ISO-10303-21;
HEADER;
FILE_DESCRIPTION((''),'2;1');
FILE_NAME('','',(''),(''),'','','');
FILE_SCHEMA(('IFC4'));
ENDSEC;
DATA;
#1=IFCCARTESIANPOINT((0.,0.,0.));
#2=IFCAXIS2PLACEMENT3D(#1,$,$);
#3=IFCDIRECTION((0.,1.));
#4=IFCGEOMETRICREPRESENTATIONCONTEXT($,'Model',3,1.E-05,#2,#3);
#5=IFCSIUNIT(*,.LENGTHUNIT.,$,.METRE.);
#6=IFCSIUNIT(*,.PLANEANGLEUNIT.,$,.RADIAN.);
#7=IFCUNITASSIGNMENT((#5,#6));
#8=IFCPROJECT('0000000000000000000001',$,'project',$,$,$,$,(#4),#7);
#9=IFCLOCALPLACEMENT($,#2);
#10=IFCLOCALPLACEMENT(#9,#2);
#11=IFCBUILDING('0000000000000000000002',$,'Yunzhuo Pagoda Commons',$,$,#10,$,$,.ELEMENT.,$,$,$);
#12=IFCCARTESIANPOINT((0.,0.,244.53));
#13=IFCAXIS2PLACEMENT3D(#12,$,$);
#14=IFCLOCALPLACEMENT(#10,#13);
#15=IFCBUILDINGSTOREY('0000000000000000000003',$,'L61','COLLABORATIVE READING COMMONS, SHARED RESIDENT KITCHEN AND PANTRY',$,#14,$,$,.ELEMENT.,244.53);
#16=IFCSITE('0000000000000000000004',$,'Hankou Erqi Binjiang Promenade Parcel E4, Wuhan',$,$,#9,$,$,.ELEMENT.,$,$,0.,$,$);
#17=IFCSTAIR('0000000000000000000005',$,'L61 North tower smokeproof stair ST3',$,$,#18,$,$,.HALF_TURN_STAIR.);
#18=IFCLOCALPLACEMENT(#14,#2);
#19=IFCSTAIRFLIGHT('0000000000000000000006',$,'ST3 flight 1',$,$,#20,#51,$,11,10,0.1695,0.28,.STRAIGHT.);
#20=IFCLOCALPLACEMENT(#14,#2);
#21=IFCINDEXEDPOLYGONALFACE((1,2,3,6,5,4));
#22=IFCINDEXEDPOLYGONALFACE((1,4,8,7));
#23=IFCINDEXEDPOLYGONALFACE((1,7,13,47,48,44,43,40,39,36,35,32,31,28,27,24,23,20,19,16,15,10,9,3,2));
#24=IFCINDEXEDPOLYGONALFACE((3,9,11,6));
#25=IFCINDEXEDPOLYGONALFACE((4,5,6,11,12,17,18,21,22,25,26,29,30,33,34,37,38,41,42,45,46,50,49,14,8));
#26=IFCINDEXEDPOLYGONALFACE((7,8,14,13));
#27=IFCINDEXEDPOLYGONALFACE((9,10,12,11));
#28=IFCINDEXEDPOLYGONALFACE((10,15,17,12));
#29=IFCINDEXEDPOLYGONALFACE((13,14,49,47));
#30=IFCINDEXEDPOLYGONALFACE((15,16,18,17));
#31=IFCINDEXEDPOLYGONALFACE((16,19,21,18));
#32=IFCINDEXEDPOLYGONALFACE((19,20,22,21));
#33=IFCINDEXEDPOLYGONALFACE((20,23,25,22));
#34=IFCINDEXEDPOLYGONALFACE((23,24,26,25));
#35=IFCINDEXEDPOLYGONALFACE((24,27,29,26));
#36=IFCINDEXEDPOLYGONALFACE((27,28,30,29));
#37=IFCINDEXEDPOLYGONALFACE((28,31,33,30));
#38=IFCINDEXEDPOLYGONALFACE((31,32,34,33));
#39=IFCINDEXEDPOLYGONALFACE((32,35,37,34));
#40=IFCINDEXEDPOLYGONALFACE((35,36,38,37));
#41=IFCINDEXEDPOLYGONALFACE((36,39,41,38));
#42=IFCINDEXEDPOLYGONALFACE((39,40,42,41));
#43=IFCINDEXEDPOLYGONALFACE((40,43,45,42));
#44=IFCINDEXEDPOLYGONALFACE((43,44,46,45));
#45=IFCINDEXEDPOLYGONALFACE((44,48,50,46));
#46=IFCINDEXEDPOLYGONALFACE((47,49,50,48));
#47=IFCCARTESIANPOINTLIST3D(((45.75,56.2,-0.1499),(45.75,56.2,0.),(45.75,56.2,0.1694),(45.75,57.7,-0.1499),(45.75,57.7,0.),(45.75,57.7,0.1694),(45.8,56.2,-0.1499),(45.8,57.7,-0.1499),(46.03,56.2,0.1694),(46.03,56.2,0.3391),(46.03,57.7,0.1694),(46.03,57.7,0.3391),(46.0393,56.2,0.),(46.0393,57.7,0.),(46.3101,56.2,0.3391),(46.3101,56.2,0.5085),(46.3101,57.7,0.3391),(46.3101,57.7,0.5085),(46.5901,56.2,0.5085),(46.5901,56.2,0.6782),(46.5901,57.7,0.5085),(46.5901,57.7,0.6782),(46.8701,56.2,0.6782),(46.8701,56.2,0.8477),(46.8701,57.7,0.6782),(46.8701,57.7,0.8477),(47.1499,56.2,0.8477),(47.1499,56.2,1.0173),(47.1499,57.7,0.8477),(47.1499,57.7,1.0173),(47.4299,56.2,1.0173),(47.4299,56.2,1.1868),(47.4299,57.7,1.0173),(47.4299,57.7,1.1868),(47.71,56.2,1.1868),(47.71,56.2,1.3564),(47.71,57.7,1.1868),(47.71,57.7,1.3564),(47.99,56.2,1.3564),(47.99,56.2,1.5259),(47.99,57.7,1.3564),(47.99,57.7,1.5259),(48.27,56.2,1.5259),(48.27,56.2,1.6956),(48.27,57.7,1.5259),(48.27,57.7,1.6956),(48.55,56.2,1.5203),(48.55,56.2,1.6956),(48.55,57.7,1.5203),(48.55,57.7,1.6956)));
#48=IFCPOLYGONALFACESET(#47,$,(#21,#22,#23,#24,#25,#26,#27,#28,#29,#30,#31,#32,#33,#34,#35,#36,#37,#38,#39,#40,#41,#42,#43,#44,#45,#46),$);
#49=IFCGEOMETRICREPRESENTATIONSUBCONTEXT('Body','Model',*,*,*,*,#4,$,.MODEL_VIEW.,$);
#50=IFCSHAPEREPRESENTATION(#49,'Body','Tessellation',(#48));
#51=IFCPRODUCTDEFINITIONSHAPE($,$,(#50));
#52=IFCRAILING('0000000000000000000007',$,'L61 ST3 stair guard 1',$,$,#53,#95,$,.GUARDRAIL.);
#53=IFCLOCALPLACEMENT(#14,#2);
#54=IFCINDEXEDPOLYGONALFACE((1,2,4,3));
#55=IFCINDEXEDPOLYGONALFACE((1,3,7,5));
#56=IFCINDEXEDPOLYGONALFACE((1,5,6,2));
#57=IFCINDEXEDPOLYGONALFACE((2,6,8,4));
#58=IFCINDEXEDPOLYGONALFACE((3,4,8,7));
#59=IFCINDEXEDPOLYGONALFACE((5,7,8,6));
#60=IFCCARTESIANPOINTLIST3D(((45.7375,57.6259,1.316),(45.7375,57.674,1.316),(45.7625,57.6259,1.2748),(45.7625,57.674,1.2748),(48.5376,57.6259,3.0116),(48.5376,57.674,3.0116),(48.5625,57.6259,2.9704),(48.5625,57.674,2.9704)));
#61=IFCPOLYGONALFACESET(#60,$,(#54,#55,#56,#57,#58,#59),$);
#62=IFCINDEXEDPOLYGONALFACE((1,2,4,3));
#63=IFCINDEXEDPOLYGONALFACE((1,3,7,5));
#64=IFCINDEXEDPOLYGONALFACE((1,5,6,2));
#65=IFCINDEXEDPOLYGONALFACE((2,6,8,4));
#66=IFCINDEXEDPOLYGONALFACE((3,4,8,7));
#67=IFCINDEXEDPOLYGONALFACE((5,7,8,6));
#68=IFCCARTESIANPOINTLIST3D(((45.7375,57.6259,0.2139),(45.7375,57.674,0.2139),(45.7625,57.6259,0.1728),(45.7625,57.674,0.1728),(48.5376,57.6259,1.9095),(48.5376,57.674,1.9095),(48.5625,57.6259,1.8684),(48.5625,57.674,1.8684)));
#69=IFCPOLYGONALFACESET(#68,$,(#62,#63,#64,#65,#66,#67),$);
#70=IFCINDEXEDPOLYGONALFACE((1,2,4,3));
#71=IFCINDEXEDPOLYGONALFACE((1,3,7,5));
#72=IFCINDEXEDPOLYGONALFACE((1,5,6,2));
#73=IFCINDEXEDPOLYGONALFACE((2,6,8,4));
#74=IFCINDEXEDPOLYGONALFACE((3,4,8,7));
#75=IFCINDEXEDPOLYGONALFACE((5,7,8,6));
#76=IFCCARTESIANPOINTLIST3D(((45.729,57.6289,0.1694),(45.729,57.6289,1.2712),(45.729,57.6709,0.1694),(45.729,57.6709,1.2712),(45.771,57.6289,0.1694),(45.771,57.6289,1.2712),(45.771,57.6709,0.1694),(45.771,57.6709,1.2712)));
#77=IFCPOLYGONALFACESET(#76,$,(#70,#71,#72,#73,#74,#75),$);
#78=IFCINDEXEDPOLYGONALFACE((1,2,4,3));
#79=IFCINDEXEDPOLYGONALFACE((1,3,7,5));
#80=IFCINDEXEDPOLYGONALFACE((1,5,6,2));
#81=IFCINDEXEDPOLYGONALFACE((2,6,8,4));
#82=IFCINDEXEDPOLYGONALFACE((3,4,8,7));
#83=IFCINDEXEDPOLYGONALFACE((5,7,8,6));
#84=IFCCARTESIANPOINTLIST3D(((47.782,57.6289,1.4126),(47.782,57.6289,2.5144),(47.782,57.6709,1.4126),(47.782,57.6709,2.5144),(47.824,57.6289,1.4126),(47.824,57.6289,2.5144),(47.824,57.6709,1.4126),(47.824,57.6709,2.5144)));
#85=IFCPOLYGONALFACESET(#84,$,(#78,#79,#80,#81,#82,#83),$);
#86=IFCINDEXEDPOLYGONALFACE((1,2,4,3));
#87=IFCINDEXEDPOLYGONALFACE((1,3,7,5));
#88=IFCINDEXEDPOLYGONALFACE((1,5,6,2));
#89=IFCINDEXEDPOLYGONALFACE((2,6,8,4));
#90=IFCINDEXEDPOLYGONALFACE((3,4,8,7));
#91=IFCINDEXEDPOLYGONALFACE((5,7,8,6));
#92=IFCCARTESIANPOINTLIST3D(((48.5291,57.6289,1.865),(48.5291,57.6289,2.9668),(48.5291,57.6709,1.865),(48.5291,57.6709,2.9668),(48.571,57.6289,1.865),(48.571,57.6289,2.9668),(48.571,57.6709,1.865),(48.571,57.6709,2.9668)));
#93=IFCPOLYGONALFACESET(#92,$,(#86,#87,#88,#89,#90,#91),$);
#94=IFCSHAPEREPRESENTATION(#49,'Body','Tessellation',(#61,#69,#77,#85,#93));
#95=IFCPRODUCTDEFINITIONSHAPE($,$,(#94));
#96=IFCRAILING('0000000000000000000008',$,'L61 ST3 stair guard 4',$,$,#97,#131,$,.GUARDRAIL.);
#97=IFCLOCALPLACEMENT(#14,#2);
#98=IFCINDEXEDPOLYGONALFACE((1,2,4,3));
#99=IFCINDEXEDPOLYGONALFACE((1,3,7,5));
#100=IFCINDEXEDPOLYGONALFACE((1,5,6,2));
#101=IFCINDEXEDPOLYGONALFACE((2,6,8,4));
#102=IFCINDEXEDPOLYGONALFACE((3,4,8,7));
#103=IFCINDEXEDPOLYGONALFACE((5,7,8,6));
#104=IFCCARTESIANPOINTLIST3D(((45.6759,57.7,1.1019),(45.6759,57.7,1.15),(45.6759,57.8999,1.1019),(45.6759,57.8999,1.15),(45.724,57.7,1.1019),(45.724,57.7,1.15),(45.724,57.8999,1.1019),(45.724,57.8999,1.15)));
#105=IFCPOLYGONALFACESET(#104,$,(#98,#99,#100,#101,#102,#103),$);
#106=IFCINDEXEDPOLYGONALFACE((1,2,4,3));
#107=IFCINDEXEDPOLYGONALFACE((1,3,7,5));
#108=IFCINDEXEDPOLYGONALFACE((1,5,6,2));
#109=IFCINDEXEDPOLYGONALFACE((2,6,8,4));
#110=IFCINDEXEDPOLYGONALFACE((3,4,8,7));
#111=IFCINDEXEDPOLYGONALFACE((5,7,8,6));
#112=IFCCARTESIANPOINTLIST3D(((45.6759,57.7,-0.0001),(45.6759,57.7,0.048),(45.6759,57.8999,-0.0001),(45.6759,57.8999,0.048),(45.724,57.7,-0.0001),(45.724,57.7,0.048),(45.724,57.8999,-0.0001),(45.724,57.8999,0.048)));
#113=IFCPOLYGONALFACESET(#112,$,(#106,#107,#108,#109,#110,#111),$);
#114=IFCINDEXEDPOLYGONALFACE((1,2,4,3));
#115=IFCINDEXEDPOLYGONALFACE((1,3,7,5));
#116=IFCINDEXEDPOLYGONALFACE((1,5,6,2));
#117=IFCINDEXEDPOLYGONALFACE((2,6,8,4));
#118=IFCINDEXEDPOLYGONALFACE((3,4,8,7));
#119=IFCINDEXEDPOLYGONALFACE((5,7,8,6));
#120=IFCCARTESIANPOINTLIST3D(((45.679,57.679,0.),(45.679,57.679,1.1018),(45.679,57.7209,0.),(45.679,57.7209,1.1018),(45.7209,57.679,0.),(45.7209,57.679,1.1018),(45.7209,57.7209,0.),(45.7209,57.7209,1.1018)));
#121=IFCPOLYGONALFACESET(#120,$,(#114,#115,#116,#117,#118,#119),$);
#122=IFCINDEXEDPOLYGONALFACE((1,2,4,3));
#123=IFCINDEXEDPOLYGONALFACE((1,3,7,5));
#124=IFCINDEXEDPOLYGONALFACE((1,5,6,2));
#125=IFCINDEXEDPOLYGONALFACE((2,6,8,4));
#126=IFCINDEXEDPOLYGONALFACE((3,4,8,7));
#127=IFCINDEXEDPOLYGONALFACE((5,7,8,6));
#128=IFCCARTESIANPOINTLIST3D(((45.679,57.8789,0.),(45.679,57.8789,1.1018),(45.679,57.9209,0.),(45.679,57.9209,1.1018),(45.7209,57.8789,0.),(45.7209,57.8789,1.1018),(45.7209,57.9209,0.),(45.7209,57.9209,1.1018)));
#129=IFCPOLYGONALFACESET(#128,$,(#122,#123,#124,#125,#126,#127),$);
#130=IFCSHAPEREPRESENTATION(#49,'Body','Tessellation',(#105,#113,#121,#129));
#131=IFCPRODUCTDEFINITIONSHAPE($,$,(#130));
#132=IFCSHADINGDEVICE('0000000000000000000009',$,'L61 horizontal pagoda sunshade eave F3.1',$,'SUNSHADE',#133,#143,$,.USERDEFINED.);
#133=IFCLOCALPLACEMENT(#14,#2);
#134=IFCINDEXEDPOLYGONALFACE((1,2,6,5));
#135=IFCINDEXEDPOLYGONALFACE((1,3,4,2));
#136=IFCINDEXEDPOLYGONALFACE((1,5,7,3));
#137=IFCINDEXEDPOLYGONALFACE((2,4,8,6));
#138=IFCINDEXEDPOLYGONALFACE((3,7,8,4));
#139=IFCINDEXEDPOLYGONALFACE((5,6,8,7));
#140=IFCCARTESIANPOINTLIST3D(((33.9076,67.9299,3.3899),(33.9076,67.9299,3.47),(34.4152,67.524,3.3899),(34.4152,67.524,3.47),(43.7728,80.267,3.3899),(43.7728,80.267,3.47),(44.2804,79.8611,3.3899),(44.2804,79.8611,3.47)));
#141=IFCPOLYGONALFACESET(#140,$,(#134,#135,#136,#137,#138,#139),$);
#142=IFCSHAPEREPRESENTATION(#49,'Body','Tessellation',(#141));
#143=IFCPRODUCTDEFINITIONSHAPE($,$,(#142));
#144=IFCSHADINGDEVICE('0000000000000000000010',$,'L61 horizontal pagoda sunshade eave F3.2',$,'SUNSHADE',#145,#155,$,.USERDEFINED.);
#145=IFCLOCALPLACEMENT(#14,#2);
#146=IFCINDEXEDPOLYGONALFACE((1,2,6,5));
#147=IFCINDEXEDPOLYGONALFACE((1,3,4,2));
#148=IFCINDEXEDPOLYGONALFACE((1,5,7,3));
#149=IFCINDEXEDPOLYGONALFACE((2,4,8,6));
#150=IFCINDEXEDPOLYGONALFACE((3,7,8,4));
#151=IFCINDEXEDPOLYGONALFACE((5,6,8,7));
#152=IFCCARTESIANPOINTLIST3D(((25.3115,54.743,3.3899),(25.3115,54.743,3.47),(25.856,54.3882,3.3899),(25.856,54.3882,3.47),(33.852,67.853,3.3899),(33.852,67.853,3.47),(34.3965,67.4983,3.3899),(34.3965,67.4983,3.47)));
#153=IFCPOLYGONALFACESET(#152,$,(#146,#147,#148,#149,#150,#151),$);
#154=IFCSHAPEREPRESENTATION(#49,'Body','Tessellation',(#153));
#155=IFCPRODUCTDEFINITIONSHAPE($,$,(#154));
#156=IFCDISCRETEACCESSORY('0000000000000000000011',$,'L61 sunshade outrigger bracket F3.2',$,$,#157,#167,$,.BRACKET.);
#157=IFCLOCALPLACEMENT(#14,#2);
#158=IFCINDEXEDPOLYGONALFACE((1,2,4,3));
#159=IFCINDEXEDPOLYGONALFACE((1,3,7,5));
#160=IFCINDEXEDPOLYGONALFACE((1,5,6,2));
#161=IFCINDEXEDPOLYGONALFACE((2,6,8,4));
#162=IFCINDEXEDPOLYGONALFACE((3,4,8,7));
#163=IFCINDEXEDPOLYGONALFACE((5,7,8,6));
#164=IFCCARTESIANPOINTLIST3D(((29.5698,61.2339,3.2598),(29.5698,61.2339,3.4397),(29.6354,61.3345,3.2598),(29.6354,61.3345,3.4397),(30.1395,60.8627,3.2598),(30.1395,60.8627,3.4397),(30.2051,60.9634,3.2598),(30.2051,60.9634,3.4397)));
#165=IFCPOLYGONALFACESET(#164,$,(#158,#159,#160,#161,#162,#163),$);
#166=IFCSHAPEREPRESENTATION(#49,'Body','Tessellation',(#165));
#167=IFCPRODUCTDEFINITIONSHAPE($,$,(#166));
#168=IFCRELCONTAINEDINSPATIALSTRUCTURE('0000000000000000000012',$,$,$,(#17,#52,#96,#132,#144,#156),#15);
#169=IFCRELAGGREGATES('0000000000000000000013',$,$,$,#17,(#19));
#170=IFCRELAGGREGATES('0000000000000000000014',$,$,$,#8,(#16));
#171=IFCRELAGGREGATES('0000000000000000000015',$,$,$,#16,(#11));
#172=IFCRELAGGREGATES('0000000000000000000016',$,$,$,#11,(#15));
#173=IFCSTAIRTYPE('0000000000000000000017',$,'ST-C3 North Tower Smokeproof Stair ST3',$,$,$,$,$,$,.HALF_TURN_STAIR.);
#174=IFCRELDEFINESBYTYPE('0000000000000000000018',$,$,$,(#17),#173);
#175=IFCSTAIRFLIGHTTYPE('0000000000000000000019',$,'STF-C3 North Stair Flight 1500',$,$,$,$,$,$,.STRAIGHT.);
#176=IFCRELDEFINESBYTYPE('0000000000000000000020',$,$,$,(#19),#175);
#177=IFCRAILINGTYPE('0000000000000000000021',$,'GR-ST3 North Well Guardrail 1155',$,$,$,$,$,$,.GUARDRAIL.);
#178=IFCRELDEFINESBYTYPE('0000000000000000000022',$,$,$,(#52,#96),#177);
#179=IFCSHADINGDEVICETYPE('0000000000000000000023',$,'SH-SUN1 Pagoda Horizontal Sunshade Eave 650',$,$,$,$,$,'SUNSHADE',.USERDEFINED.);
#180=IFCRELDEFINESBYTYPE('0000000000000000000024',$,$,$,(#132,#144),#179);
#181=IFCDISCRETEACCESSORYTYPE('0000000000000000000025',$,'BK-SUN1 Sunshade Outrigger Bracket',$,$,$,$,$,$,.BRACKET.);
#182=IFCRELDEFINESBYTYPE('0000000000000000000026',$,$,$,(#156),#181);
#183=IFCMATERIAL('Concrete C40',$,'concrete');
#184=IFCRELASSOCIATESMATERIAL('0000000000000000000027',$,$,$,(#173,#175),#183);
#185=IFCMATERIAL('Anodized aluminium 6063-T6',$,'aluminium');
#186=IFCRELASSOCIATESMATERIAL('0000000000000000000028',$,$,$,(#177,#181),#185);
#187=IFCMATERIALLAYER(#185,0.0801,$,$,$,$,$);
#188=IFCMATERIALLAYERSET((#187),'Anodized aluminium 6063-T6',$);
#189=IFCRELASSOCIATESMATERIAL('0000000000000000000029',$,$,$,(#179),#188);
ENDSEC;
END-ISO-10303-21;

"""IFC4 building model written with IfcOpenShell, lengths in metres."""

from ifc_helpers import new_model, si_unit, direction, frame, origin, origin_2d, place, context, subcontext, project, spatial, polyline, rectangle, outline, extrude, source, transform, mapped, material, layer, layer_set, type_object, element, aggregate, save


model = new_model("IFC4")

# Units and contexts
model_context = context("Model", 3, precision=1e-05, world=origin(), true_north=direction((0.0, 1.0)))
body_context = subcontext(model_context, "Body", "Model", "MODEL_VIEW")
ifc_project = project(units=[si_unit("LENGTHUNIT", "METRE"), si_unit("PLANEANGLEUNIT", "RADIAN")], contexts=[model_context])

# Site, building, storey
site_placement = place(None, origin())
site = spatial("IfcSite", under=ifc_project, at=site_placement, Name="Hankou Erqi Binjiang Promenade Parcel E4, Wuhan", CompositionType="ELEMENT", RefElevation=0.0)
building_placement = place(site_placement, origin())
building = spatial("IfcBuilding", under=site, at=building_placement, Name="Yunzhuo Pagoda Commons", CompositionType="ELEMENT")
storey_placement = place(building_placement, frame((0.0, 0.0, 244.53)))
storey = spatial("IfcBuildingStorey", under=building, at=storey_placement, Name="L61", Description="COLLABORATIVE READING COMMONS, SHARED RESIDENT KITCHEN AND PANTRY", CompositionType="ELEMENT", Elevation=244.53)

# Shared definitions
ifc_material_1 = material(Name="Anodized aluminium 6063-T6", Category="aluminium")

# Stair, stair flight
ifc_material_2 = material(Name="Concrete C40", Category="concrete")
stair_type = type_object("IfcStairType", Name="ST-C3 North Tower Smokeproof Stair ST3", PredefinedType="HALF_TURN_STAIR", material=ifc_material_2)
stair_placement = place(storey_placement, origin())
stair = element("IfcStair", 1, at=stair_placement, inside=storey, type_object=stair_type, Name="L61 North tower smokeproof stair ST3", PredefinedType="HALF_TURN_STAIR")
stair_flight_type = type_object("IfcStairFlightType", Name="STF-C3 North Stair Flight 1500", PredefinedType="STRAIGHT", material=ifc_material_2)
shared_shape_1 = source(origin(), body_context, "Body", "SweptSolid", [
    extrude(outline(polyline([(0.0, -0.1499), (0.0, 0.0), (0.0, 0.1694), (0.28, 0.1694), (0.28, 0.3391), (0.5601, 0.3391), (0.5601, 0.5085), (0.8401, 0.5085), (0.8401, 0.6782), (1.1201, 0.6782), (1.1201, 0.8477), (1.3999, 0.8477), (1.3999, 1.0173), (1.6799, 1.0173), (1.6799, 1.1868), (1.96, 1.1868), (1.96, 1.3564), (2.24, 1.3564), (2.24, 1.5259), (2.52, 1.5259), (2.52, 1.6956), (2.8, 1.6956), (2.8, 1.865), (2.8, 1.5203), (0.2893, 0.0), (0.05, -0.1499), (0.0, -0.1499)])), frame((0.0, 0.75, 0.0), z_axis=(0.0, -1.0, 0.0), x_axis=(1.0, 0.0, 0.0)), (0.0, 0.0, 1.0), 1.5),
])
stair_flight_placement = place(storey_placement, frame((45.75, 56.95, 0.0), z_axis=(0.0, 0.0, 1.0), x_axis=(1.0, 0.0, 0.0)))
stair_flight = element("IfcStairFlight", 2, at=stair_flight_placement, type_object=stair_flight_type, Name="ST3 flight 1", NumberOfRisers=11, NumberOfTreads=10, PredefinedType="STRAIGHT", RiserHeight=0.1695, TreadLength=0.28, context=body_context, shape_type="MappedRepresentation", body=[
    mapped(shared_shape_1, transform((0.0, 0.0, 0.0), scale=1.0)),
])
aggregate(stair, [stair_flight])

# Railings
railing_type = type_object("IfcRailingType", Name="GR-ST3 North Well Guardrail 1155", PredefinedType="GUARDRAIL", material=ifc_material_1)
railing_1_placement = place(storey_placement, frame((45.75, 57.6499, 0.1694)))
element("IfcRailing", 3, at=railing_1_placement, inside=storey, type_object=railing_type, Name="L61 ST3 stair guard 1", PredefinedType="GUARDRAIL", context=body_context, shape_type="SweptSolid", body=[
    extrude(rectangle(XDim=0.0481, YDim=0.0481, at=origin_2d()), frame((0.0, 0.0, 1.126), z_axis=(0.855393, 0.0, 0.517979), x_axis=(0.0, 1.0, 0.0)), (0.0, 0.0, 1.0), 3.2734),
    extrude(rectangle(XDim=0.0481, YDim=0.0481, at=origin_2d()), frame((0.0, 0.0, 0.0239), z_axis=(0.855393, 0.0, 0.517979), x_axis=(0.0, 1.0, 0.0)), (0.0, 0.0, 1.0), 3.2734),
    extrude(rectangle(XDim=0.042, YDim=0.042, at=origin_2d()), origin(), (0.0, 0.0, 1.0), 1.1018),
    extrude(rectangle(XDim=0.042, YDim=0.042, at=origin_2d()), frame((2.053, 0.0, 1.2432)), (0.0, 0.0, 1.0), 1.1018),
    extrude(rectangle(XDim=0.042, YDim=0.042, at=origin_2d()), frame((2.8, 0.0, 1.6956)), (0.0, 0.0, 1.0), 1.1018),
])
railing_2_placement = place(storey_placement, frame((45.7, 57.7, 0.0)))
element("IfcRailing", 4, at=railing_2_placement, inside=storey, type_object=railing_type, Name="L61 ST3 stair guard 4", PredefinedType="GUARDRAIL", context=body_context, shape_type="SweptSolid", body=[
    extrude(rectangle(XDim=0.0481, YDim=0.0481, at=origin_2d()), frame((0.0, 0.0, 1.126), z_axis=(0.0, 1.0, 0.0), x_axis=(-1.0, 0.0, 0.0)), (0.0, 0.0, 1.0), 0.2),
    extrude(rectangle(XDim=0.0481, YDim=0.0481, at=origin_2d()), frame((0.0, 0.0, 0.0239), z_axis=(0.0, 1.0, 0.0), x_axis=(-1.0, 0.0, 0.0)), (0.0, 0.0, 1.0), 0.2),
    extrude(rectangle(XDim=0.042, YDim=0.042, at=origin_2d()), origin(), (0.0, 0.0, 1.0), 1.1018),
    extrude(rectangle(XDim=0.042, YDim=0.042, at=origin_2d()), frame((0.0, 0.2, 0.0)), (0.0, 0.0, 1.0), 1.1018),
])

# Shading devices
ifc_layer_1 = layer(ifc_material_1, 0.0801)
ifc_layer_set_1 = layer_set([ifc_layer_1], Name="Anodized aluminium 6063-T6")
shading_device_type = type_object("IfcShadingDeviceType", Name="SH-SUN1 Pagoda Horizontal Sunshade Eave 650", ElementType="SUNSHADE", PredefinedType="USERDEFINED", material=ifc_layer_set_1)
shared_shape_2 = source(origin(), body_context, "Body", "SweptSolid", [
    extrude(rectangle(XDim=15.7964, YDim=0.6499, at=origin_2d()), origin(), (0.0, 0.0, 1.0), 0.0801),
])
shading_device_1_placement = place(storey_placement, frame((39.094, 73.8955, 3.3899), z_axis=(0.0, 0.0, 1.0), x_axis=(-0.62452, -0.781008, 0.0)))
element("IfcShadingDevice", 5, at=shading_device_1_placement, inside=storey, type_object=shading_device_type, Name="L61 horizontal pagoda sunshade eave F3.1", ObjectType="SUNSHADE", PredefinedType="USERDEFINED", context=body_context, shape_type="MappedRepresentation", body=[
    mapped(shared_shape_2, transform((0.0, 0.0, 0.0), scale=1.0)),
])
shared_shape_3 = source(origin(), body_context, "Body", "SweptSolid", [
    extrude(rectangle(XDim=15.6465, YDim=0.6499, at=origin_2d()), origin(), (0.0, 0.0, 1.0), 0.0801),
])
shading_device_2_placement = place(storey_placement, frame((29.854, 61.1206, 3.3899), z_axis=(0.0, 0.0, 1.0), x_axis=(-0.545839, -0.83789, 0.0)))
element("IfcShadingDevice", 6, at=shading_device_2_placement, inside=storey, type_object=shading_device_type, Name="L61 horizontal pagoda sunshade eave F3.2", ObjectType="SUNSHADE", PredefinedType="USERDEFINED", context=body_context, shape_type="MappedRepresentation", body=[
    mapped(shared_shape_3, transform((0.0, 0.0, 0.0), scale=1.0)),
])

# Discrete accessory
discrete_accessory_type = type_object("IfcDiscreteAccessoryType", Name="BK-SUN1 Sunshade Outrigger Bracket", PredefinedType="BRACKET", material=ifc_material_1)
shared_shape_4 = source(origin(), body_context, "Body", "SweptSolid", [
    extrude(rectangle(XDim=0.1201, YDim=0.6799, at=origin_2d()), origin(), (0.0, 0.0, 1.0), 0.1799),
])
discrete_accessory_placement = place(storey_placement, frame((29.8875, 61.0986, 3.2598), z_axis=(0.0, 0.0, 1.0), x_axis=(-0.545839, -0.83789, 0.0)))
element("IfcDiscreteAccessory", 7, at=discrete_accessory_placement, inside=storey, type_object=discrete_accessory_type, Name="L61 sunshade outrigger bracket F3.2", PredefinedType="BRACKET", context=body_context, shape_type="MappedRepresentation", body=[
    mapped(shared_shape_4, transform((0.0, 0.0, 0.0), scale=1.0)),
])

save(model, "model.ifc")
